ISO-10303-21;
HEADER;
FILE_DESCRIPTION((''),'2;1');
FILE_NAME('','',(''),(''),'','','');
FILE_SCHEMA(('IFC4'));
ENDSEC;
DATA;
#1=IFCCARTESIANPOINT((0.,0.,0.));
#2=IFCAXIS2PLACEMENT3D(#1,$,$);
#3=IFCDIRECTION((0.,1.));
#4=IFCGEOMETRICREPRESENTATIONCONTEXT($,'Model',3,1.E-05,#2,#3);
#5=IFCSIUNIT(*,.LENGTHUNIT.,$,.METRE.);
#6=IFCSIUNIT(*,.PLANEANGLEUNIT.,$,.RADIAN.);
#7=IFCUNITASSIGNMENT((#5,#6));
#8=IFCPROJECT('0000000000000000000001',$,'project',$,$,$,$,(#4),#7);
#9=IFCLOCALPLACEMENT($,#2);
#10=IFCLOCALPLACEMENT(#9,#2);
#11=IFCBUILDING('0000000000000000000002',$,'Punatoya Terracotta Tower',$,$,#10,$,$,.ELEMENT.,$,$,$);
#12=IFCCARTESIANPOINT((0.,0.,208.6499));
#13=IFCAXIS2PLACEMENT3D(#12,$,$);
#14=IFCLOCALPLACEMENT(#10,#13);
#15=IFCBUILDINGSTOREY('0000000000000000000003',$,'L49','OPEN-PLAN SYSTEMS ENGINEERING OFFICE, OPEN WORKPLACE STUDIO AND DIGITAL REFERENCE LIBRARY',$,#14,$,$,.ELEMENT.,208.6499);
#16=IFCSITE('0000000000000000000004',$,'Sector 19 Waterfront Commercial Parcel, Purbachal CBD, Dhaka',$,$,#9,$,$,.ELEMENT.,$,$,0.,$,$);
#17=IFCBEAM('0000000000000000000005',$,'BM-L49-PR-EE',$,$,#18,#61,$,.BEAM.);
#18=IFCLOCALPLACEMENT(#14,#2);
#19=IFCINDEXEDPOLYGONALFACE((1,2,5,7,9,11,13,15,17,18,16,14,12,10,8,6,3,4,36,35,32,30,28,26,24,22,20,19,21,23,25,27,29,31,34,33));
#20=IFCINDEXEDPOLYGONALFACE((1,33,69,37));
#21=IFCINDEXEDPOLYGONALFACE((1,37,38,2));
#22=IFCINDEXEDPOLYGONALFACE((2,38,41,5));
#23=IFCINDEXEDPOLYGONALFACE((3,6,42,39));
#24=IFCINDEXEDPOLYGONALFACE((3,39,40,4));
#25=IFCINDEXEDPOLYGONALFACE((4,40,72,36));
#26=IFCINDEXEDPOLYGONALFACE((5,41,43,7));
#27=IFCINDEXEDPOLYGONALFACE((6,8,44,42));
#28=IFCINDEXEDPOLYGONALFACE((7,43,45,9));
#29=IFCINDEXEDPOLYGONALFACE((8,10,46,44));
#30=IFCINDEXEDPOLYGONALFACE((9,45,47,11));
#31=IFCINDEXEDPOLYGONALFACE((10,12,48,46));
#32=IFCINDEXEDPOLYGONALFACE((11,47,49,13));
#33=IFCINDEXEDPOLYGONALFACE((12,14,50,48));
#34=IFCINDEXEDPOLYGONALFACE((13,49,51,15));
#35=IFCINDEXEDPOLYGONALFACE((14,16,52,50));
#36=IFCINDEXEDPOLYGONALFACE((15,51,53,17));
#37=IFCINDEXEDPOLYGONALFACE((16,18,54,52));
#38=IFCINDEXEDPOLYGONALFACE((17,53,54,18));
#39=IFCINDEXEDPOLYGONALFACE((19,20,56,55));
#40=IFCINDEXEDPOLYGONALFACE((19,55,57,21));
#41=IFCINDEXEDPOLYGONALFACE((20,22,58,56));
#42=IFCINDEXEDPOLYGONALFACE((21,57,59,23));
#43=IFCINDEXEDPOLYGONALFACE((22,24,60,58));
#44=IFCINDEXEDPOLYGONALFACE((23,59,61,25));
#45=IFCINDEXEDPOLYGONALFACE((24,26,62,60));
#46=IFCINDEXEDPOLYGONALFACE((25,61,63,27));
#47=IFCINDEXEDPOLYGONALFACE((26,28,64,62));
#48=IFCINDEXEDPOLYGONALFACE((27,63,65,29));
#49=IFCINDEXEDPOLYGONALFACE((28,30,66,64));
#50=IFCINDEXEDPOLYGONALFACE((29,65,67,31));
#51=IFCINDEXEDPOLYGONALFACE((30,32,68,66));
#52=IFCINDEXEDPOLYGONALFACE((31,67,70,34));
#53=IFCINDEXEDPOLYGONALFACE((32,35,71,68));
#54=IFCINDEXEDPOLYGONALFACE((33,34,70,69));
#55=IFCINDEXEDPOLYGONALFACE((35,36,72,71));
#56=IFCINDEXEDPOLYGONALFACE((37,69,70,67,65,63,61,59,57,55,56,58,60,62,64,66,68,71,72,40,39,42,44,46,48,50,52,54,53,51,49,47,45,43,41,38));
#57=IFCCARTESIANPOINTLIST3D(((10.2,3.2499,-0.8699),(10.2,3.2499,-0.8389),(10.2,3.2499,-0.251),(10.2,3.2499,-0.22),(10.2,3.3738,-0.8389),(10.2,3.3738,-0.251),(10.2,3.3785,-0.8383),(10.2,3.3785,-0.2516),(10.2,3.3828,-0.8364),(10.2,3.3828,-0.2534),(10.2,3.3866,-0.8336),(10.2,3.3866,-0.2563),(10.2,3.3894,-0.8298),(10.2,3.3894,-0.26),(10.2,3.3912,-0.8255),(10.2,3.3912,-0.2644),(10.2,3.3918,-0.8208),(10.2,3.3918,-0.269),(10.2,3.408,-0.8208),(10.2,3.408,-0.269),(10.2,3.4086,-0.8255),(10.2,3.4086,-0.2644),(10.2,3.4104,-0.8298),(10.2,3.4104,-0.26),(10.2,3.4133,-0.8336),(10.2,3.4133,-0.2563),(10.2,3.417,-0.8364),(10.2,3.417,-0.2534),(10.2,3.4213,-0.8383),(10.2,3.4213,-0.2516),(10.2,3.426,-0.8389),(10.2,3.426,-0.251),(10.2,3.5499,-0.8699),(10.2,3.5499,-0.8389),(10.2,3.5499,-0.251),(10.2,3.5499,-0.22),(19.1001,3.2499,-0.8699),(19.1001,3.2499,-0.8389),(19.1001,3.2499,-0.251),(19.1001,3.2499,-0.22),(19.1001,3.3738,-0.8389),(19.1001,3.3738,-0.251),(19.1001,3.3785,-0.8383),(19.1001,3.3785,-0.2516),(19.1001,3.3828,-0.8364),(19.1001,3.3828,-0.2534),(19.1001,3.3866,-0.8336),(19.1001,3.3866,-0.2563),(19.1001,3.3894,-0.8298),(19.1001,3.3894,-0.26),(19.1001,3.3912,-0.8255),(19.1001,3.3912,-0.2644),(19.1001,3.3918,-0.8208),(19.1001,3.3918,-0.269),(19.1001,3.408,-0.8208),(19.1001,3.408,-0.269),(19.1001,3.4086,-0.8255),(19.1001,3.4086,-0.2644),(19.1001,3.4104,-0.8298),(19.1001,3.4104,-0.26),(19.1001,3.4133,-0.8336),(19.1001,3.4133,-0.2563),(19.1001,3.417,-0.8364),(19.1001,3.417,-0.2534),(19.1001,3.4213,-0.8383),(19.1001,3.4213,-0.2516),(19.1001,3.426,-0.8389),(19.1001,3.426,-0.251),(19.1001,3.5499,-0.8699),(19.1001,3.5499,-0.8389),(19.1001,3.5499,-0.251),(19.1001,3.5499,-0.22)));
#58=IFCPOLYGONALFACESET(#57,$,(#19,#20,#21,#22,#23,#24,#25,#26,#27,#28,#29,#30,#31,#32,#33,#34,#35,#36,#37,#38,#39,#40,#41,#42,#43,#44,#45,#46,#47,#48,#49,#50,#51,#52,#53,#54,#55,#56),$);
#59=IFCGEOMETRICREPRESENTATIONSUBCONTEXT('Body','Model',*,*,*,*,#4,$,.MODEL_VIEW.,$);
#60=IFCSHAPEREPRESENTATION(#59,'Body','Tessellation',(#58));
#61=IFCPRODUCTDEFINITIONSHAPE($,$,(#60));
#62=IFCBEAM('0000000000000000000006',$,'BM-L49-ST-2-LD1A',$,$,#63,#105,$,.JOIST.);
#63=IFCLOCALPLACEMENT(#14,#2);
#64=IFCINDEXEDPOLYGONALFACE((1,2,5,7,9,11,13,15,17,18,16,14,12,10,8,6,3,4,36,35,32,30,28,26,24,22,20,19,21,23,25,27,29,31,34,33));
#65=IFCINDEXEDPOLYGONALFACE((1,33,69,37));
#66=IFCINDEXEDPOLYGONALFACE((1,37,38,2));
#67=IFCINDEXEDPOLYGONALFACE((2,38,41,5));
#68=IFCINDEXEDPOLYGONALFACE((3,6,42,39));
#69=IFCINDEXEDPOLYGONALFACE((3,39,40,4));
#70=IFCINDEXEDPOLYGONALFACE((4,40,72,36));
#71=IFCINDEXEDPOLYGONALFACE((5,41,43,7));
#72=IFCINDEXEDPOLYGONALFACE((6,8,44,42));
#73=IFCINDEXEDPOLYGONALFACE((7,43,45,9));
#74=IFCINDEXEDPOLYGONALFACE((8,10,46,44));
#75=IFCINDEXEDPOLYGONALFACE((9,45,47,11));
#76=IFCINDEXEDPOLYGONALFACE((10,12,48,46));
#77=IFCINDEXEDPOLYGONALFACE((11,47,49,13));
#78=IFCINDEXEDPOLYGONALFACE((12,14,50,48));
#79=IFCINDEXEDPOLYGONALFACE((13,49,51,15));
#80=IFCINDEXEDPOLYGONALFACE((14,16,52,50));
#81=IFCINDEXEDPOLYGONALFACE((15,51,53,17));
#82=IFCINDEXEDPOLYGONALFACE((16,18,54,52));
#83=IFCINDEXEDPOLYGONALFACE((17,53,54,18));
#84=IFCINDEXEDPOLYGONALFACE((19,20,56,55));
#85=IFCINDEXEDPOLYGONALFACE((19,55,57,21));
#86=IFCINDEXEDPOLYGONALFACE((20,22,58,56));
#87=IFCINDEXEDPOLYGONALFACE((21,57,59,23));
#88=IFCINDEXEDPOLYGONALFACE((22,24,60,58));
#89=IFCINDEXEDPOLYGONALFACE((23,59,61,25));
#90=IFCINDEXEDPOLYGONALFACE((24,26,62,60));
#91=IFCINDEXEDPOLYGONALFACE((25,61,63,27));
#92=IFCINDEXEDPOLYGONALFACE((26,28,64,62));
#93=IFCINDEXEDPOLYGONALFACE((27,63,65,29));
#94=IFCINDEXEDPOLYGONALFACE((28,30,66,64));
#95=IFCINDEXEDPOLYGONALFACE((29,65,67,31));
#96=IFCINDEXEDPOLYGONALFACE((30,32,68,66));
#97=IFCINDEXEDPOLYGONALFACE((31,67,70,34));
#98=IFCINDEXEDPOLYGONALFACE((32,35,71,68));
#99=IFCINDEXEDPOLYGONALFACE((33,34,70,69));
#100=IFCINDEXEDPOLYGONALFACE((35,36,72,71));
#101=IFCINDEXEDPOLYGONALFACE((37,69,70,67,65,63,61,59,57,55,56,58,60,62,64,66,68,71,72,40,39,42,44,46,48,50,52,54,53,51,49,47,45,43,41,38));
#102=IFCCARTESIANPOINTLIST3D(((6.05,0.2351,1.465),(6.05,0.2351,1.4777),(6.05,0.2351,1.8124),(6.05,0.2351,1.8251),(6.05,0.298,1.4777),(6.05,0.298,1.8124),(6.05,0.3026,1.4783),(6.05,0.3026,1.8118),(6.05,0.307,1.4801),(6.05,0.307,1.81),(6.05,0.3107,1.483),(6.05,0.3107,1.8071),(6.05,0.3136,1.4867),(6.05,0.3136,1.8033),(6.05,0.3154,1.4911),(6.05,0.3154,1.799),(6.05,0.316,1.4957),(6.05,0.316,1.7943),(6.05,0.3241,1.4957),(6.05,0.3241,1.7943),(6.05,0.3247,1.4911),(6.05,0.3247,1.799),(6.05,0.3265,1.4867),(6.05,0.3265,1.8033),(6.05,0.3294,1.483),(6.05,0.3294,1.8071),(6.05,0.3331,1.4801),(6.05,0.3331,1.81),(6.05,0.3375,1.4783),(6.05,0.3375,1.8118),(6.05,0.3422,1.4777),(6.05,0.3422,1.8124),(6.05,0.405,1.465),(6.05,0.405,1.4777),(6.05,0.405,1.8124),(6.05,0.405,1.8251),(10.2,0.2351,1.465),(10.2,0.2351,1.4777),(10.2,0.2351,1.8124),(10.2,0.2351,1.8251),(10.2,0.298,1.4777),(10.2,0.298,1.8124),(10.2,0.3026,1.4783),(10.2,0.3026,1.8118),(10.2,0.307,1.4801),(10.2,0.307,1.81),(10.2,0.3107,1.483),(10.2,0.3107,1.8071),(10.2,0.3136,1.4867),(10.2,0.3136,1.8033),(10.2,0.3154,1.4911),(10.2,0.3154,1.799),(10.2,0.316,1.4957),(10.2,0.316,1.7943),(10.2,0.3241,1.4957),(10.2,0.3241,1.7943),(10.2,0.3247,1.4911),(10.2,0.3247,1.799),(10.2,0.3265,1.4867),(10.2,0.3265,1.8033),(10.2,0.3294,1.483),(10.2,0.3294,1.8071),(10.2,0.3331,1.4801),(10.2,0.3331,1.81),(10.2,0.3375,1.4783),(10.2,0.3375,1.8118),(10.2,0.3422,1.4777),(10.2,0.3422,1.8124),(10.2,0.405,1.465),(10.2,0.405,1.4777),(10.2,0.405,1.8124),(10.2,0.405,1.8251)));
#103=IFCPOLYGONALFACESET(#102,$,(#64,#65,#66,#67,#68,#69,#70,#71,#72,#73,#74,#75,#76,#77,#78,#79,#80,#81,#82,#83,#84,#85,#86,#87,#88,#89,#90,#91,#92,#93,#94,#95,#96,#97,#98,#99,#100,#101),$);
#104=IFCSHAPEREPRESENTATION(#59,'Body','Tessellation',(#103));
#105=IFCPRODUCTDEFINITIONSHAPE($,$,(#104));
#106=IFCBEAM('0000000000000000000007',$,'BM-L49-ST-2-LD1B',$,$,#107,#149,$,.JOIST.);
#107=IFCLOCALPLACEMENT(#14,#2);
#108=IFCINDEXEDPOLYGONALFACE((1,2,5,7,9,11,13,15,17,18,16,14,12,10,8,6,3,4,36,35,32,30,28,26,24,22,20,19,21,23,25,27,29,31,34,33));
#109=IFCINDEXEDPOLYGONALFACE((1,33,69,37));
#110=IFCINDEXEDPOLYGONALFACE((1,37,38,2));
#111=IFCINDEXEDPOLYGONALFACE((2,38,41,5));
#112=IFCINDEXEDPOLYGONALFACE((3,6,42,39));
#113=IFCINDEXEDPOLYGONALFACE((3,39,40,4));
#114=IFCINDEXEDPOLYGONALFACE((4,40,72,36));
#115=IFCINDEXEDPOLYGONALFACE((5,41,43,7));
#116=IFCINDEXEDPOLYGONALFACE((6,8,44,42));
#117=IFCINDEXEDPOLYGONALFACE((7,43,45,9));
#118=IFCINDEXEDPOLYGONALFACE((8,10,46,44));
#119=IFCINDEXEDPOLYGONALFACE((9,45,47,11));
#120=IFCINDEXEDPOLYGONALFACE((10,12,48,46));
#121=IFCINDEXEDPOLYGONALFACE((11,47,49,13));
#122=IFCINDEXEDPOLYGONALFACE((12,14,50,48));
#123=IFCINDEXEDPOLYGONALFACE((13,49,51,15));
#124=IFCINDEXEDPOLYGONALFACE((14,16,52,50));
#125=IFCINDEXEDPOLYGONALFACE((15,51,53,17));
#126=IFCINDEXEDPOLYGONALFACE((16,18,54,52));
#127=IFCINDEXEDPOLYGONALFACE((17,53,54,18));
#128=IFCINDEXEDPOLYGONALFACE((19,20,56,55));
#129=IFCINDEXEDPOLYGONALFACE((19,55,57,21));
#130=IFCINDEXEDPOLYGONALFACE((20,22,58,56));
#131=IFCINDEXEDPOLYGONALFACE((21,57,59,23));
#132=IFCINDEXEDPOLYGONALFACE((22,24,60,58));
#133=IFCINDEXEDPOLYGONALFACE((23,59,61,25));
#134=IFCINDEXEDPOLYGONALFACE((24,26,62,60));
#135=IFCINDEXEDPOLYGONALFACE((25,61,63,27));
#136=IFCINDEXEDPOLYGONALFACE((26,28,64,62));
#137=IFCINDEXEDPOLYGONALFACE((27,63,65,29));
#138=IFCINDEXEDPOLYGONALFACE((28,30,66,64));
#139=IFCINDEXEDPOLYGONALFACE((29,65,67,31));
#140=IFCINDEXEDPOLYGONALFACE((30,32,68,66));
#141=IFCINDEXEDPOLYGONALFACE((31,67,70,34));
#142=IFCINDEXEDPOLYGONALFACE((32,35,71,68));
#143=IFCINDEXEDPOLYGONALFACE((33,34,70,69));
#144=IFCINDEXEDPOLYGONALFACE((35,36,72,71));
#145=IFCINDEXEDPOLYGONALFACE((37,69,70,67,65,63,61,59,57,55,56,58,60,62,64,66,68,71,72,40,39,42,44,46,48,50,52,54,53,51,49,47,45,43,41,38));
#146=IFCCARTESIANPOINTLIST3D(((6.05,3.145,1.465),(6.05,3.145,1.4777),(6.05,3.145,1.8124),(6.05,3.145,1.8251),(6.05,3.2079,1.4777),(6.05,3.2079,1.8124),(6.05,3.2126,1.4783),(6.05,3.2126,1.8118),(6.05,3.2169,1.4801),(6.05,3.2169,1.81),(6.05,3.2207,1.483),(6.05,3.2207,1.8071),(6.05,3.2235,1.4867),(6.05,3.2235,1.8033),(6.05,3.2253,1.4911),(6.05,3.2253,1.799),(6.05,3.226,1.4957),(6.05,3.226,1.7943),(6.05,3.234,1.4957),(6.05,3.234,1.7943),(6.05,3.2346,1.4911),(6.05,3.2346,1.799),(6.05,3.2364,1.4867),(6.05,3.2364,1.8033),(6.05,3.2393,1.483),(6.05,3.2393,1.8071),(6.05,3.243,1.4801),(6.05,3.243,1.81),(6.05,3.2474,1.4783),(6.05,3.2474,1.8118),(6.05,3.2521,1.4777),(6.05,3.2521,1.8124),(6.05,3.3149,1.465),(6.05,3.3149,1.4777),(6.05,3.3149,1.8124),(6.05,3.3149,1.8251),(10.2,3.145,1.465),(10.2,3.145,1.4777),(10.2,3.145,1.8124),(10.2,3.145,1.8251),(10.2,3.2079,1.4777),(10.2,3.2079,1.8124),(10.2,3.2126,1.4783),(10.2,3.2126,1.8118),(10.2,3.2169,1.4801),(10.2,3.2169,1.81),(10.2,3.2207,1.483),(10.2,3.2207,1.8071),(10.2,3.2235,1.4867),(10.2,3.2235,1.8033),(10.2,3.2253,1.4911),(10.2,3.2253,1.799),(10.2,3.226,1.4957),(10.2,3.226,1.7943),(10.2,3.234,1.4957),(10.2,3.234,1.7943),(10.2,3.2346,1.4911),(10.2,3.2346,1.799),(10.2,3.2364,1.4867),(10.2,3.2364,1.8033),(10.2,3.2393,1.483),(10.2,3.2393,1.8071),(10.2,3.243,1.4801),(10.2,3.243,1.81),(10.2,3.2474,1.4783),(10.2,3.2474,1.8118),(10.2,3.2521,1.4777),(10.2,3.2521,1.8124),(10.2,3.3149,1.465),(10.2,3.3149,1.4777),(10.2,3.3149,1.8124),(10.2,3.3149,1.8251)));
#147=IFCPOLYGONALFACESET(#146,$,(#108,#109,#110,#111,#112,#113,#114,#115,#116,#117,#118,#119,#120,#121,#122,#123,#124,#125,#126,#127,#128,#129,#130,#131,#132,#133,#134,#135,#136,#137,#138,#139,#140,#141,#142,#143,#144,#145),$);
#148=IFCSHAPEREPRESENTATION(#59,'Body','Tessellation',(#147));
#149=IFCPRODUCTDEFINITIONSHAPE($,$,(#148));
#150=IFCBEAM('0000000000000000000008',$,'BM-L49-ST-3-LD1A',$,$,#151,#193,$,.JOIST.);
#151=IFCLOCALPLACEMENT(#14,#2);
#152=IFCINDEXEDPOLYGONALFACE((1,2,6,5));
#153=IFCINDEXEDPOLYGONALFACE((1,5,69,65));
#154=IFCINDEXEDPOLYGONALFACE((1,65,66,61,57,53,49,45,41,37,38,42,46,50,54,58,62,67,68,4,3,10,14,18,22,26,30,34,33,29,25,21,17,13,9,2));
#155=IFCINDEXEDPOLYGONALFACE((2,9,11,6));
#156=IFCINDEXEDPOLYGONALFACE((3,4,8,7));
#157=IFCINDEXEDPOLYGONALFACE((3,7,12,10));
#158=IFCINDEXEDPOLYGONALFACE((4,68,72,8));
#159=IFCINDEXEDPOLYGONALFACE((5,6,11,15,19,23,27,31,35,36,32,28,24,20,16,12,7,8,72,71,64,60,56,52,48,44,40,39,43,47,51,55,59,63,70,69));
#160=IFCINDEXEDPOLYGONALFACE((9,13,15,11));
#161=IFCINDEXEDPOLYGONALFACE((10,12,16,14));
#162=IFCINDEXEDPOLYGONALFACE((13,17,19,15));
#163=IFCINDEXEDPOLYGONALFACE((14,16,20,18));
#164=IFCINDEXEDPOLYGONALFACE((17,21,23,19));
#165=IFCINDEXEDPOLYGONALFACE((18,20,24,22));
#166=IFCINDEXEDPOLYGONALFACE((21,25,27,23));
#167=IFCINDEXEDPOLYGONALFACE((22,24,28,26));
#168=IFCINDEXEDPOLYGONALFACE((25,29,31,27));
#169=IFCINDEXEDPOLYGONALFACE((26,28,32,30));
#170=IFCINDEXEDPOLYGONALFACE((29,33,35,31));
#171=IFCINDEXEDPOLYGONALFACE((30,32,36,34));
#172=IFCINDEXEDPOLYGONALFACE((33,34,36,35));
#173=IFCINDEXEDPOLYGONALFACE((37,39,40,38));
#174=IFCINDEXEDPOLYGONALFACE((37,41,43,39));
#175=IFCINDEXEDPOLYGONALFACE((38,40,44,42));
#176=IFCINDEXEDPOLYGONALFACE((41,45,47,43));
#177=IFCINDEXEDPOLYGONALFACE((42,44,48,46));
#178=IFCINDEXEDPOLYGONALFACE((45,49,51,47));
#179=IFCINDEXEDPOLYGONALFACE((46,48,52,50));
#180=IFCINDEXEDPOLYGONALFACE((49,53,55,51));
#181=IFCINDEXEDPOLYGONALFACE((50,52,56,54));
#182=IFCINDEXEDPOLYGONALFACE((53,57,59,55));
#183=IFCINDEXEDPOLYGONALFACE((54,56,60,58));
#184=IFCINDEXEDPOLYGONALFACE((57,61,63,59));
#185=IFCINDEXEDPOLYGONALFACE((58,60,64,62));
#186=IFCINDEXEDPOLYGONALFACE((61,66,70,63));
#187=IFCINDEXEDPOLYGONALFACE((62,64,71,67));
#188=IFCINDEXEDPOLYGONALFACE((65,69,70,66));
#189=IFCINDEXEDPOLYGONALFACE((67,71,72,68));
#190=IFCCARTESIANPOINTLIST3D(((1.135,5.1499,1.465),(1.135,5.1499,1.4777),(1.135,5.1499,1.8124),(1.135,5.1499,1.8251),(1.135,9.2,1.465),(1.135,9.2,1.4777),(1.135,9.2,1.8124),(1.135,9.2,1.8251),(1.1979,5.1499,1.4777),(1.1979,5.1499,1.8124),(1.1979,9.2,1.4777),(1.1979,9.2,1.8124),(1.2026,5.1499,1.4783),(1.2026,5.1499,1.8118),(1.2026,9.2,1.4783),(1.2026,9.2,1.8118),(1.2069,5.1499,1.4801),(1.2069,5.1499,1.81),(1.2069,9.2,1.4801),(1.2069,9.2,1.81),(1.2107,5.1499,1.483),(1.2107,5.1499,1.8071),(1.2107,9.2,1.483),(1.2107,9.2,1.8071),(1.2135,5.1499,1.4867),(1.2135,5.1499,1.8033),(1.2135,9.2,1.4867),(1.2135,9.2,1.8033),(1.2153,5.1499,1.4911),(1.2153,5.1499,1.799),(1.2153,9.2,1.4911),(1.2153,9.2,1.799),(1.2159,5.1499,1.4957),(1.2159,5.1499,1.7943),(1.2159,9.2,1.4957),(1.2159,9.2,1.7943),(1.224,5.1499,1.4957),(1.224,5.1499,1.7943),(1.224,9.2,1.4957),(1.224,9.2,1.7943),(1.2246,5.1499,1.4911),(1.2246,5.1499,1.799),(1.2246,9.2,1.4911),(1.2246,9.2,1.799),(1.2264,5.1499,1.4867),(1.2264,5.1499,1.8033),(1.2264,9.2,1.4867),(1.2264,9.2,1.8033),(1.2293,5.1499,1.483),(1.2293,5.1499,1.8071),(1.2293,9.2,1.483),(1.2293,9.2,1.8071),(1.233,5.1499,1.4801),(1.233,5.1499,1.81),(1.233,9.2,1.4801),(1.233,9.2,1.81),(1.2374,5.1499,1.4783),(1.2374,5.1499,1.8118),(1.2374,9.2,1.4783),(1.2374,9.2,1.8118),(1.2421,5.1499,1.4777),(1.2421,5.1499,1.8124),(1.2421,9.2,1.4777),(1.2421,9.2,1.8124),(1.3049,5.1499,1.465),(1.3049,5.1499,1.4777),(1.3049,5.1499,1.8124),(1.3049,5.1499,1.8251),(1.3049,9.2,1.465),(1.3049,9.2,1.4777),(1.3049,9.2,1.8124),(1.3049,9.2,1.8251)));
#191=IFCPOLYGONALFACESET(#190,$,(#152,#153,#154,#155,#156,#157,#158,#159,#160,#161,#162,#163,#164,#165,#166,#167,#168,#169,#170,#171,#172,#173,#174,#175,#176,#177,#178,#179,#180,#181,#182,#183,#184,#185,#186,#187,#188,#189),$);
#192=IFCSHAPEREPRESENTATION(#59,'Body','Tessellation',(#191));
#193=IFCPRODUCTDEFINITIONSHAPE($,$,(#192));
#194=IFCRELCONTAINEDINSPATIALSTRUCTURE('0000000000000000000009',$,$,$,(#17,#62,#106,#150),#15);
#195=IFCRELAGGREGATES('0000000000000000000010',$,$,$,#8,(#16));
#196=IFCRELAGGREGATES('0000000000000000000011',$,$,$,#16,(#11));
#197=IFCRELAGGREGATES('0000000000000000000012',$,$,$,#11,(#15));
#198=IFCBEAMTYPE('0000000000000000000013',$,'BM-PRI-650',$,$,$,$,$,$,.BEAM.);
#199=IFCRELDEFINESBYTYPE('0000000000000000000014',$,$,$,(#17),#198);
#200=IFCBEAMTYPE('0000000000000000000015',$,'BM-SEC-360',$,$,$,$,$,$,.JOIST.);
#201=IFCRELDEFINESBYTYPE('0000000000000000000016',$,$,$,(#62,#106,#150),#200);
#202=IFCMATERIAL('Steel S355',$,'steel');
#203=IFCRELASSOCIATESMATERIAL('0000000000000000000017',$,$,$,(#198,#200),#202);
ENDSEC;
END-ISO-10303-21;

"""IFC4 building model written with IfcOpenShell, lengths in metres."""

from ifc_helpers import new_model, si_unit, direction, frame, origin, origin_2d, place, context, subcontext, project, spatial, i_section, extrude, material, material_profile, profile_set, type_object, element, save


model = new_model("IFC4")

# Units and contexts
model_context = context("Model", 3, precision=1e-05, world=origin(), true_north=direction((0.0, 1.0)))
body_context = subcontext(model_context, "Body", "Model", "MODEL_VIEW")
ifc_project = project(units=[si_unit("LENGTHUNIT", "METRE"), si_unit("PLANEANGLEUNIT", "RADIAN")], contexts=[model_context])

# Site, building, storey
site_placement = place(None, origin())
site = spatial("IfcSite", under=ifc_project, at=site_placement, Name="Sector 19 Waterfront Commercial Parcel, Purbachal CBD, Dhaka", CompositionType="ELEMENT", RefElevation=0.0)
building_placement = place(site_placement, origin())
building = spatial("IfcBuilding", under=site, at=building_placement, Name="Punatoya Terracotta Tower", CompositionType="ELEMENT")
storey_placement = place(building_placement, frame((0.0, 0.0, 208.6499)))
storey = spatial("IfcBuildingStorey", under=building, at=storey_placement, Name="L49", Description="OPEN-PLAN SYSTEMS ENGINEERING OFFICE, OPEN WORKPLACE STUDIO AND DIGITAL REFERENCE LIBRARY", CompositionType="ELEMENT", Elevation=208.6499)

# Beams
ifc_material_1 = material(Name="Steel S355", Category="steel")
ifc_material_profile_1 = material_profile(ifc_material_1, i_section(OverallWidth=0.3, OverallDepth=0.6499, WebThickness=0.0161, FlangeThickness=0.031, FilletRadius=0.0181, at=origin_2d()))
ifc_profile_set_1 = profile_set([ifc_material_profile_1], Name="Steel S355")
beam_type_1 = type_object("IfcBeamType", Name="BM-PRI-650", PredefinedType="BEAM", material=ifc_profile_set_1)
beam_placement = place(storey_placement, frame((10.2, 3.3999, -0.5449), z_axis=(1.0, 0.0, 0.0), x_axis=(0.0, 1.0, 0.0)))
element("IfcBeam", 1, at=beam_placement, inside=storey, type_object=beam_type_1, Name="BM-L49-PR-EE", PredefinedType="BEAM", context=body_context, shape_type="SweptSolid", body=[
    extrude(i_section(OverallWidth=0.3, OverallDepth=0.6499, WebThickness=0.0161, FlangeThickness=0.031, FilletRadius=0.0181, at=origin_2d()), origin(), (0.0, 0.0, 1.0), 8.9001),
])
ifc_material_profile_2 = material_profile(ifc_material_1, i_section(OverallWidth=0.1699, OverallDepth=0.3601, WebThickness=0.0081, FlangeThickness=0.0127, FilletRadius=0.0181, at=origin_2d()))
ifc_profile_set_2 = profile_set([ifc_material_profile_2], Name="Steel S355")
beam_type_2 = type_object("IfcBeamType", Name="BM-SEC-360", PredefinedType="JOIST", material=ifc_profile_set_2)
for number, where, z_axis, x_axis, name in (
    (2, (6.05, 0.3201, 1.645), (1.0, 0.0, 0.0), (0.0, 1.0, 0.0), "BM-L49-ST-2-LD1A"),
    (3, (6.05, 3.23, 1.645), (1.0, 0.0, 0.0), (0.0, 1.0, 0.0), "BM-L49-ST-2-LD1B"),
):
    element("IfcBeam", number, at=place(storey_placement, frame(where, z_axis=z_axis, x_axis=x_axis)), inside=storey, type_object=beam_type_2, Name=name, PredefinedType="JOIST", context=body_context, shape_type="SweptSolid", body=[
        extrude(i_section(OverallWidth=0.1699, OverallDepth=0.3601, WebThickness=0.0081, FlangeThickness=0.0127, FilletRadius=0.0181, at=origin_2d()), origin(), (0.0, 0.0, 1.0), 4.1499),
    ])
for number, where, z_axis, x_axis, name in (
    (4, (1.22, 5.1499, 1.645), (0.0, 1.0, 0.0), (-1.0, 0.0, 0.0), "BM-L49-ST-3-LD1A"),
):
    element("IfcBeam", number, at=place(storey_placement, frame(where, z_axis=z_axis, x_axis=x_axis)), inside=storey, type_object=beam_type_2, Name=name, PredefinedType="JOIST", context=body_context, shape_type="SweptSolid", body=[
        extrude(i_section(OverallWidth=0.1699, OverallDepth=0.3601, WebThickness=0.0081, FlangeThickness=0.0127, FilletRadius=0.0181, at=origin_2d()), origin(), (0.0, 0.0, 1.0), 4.05),
    ])

save(model, "model.ifc")
